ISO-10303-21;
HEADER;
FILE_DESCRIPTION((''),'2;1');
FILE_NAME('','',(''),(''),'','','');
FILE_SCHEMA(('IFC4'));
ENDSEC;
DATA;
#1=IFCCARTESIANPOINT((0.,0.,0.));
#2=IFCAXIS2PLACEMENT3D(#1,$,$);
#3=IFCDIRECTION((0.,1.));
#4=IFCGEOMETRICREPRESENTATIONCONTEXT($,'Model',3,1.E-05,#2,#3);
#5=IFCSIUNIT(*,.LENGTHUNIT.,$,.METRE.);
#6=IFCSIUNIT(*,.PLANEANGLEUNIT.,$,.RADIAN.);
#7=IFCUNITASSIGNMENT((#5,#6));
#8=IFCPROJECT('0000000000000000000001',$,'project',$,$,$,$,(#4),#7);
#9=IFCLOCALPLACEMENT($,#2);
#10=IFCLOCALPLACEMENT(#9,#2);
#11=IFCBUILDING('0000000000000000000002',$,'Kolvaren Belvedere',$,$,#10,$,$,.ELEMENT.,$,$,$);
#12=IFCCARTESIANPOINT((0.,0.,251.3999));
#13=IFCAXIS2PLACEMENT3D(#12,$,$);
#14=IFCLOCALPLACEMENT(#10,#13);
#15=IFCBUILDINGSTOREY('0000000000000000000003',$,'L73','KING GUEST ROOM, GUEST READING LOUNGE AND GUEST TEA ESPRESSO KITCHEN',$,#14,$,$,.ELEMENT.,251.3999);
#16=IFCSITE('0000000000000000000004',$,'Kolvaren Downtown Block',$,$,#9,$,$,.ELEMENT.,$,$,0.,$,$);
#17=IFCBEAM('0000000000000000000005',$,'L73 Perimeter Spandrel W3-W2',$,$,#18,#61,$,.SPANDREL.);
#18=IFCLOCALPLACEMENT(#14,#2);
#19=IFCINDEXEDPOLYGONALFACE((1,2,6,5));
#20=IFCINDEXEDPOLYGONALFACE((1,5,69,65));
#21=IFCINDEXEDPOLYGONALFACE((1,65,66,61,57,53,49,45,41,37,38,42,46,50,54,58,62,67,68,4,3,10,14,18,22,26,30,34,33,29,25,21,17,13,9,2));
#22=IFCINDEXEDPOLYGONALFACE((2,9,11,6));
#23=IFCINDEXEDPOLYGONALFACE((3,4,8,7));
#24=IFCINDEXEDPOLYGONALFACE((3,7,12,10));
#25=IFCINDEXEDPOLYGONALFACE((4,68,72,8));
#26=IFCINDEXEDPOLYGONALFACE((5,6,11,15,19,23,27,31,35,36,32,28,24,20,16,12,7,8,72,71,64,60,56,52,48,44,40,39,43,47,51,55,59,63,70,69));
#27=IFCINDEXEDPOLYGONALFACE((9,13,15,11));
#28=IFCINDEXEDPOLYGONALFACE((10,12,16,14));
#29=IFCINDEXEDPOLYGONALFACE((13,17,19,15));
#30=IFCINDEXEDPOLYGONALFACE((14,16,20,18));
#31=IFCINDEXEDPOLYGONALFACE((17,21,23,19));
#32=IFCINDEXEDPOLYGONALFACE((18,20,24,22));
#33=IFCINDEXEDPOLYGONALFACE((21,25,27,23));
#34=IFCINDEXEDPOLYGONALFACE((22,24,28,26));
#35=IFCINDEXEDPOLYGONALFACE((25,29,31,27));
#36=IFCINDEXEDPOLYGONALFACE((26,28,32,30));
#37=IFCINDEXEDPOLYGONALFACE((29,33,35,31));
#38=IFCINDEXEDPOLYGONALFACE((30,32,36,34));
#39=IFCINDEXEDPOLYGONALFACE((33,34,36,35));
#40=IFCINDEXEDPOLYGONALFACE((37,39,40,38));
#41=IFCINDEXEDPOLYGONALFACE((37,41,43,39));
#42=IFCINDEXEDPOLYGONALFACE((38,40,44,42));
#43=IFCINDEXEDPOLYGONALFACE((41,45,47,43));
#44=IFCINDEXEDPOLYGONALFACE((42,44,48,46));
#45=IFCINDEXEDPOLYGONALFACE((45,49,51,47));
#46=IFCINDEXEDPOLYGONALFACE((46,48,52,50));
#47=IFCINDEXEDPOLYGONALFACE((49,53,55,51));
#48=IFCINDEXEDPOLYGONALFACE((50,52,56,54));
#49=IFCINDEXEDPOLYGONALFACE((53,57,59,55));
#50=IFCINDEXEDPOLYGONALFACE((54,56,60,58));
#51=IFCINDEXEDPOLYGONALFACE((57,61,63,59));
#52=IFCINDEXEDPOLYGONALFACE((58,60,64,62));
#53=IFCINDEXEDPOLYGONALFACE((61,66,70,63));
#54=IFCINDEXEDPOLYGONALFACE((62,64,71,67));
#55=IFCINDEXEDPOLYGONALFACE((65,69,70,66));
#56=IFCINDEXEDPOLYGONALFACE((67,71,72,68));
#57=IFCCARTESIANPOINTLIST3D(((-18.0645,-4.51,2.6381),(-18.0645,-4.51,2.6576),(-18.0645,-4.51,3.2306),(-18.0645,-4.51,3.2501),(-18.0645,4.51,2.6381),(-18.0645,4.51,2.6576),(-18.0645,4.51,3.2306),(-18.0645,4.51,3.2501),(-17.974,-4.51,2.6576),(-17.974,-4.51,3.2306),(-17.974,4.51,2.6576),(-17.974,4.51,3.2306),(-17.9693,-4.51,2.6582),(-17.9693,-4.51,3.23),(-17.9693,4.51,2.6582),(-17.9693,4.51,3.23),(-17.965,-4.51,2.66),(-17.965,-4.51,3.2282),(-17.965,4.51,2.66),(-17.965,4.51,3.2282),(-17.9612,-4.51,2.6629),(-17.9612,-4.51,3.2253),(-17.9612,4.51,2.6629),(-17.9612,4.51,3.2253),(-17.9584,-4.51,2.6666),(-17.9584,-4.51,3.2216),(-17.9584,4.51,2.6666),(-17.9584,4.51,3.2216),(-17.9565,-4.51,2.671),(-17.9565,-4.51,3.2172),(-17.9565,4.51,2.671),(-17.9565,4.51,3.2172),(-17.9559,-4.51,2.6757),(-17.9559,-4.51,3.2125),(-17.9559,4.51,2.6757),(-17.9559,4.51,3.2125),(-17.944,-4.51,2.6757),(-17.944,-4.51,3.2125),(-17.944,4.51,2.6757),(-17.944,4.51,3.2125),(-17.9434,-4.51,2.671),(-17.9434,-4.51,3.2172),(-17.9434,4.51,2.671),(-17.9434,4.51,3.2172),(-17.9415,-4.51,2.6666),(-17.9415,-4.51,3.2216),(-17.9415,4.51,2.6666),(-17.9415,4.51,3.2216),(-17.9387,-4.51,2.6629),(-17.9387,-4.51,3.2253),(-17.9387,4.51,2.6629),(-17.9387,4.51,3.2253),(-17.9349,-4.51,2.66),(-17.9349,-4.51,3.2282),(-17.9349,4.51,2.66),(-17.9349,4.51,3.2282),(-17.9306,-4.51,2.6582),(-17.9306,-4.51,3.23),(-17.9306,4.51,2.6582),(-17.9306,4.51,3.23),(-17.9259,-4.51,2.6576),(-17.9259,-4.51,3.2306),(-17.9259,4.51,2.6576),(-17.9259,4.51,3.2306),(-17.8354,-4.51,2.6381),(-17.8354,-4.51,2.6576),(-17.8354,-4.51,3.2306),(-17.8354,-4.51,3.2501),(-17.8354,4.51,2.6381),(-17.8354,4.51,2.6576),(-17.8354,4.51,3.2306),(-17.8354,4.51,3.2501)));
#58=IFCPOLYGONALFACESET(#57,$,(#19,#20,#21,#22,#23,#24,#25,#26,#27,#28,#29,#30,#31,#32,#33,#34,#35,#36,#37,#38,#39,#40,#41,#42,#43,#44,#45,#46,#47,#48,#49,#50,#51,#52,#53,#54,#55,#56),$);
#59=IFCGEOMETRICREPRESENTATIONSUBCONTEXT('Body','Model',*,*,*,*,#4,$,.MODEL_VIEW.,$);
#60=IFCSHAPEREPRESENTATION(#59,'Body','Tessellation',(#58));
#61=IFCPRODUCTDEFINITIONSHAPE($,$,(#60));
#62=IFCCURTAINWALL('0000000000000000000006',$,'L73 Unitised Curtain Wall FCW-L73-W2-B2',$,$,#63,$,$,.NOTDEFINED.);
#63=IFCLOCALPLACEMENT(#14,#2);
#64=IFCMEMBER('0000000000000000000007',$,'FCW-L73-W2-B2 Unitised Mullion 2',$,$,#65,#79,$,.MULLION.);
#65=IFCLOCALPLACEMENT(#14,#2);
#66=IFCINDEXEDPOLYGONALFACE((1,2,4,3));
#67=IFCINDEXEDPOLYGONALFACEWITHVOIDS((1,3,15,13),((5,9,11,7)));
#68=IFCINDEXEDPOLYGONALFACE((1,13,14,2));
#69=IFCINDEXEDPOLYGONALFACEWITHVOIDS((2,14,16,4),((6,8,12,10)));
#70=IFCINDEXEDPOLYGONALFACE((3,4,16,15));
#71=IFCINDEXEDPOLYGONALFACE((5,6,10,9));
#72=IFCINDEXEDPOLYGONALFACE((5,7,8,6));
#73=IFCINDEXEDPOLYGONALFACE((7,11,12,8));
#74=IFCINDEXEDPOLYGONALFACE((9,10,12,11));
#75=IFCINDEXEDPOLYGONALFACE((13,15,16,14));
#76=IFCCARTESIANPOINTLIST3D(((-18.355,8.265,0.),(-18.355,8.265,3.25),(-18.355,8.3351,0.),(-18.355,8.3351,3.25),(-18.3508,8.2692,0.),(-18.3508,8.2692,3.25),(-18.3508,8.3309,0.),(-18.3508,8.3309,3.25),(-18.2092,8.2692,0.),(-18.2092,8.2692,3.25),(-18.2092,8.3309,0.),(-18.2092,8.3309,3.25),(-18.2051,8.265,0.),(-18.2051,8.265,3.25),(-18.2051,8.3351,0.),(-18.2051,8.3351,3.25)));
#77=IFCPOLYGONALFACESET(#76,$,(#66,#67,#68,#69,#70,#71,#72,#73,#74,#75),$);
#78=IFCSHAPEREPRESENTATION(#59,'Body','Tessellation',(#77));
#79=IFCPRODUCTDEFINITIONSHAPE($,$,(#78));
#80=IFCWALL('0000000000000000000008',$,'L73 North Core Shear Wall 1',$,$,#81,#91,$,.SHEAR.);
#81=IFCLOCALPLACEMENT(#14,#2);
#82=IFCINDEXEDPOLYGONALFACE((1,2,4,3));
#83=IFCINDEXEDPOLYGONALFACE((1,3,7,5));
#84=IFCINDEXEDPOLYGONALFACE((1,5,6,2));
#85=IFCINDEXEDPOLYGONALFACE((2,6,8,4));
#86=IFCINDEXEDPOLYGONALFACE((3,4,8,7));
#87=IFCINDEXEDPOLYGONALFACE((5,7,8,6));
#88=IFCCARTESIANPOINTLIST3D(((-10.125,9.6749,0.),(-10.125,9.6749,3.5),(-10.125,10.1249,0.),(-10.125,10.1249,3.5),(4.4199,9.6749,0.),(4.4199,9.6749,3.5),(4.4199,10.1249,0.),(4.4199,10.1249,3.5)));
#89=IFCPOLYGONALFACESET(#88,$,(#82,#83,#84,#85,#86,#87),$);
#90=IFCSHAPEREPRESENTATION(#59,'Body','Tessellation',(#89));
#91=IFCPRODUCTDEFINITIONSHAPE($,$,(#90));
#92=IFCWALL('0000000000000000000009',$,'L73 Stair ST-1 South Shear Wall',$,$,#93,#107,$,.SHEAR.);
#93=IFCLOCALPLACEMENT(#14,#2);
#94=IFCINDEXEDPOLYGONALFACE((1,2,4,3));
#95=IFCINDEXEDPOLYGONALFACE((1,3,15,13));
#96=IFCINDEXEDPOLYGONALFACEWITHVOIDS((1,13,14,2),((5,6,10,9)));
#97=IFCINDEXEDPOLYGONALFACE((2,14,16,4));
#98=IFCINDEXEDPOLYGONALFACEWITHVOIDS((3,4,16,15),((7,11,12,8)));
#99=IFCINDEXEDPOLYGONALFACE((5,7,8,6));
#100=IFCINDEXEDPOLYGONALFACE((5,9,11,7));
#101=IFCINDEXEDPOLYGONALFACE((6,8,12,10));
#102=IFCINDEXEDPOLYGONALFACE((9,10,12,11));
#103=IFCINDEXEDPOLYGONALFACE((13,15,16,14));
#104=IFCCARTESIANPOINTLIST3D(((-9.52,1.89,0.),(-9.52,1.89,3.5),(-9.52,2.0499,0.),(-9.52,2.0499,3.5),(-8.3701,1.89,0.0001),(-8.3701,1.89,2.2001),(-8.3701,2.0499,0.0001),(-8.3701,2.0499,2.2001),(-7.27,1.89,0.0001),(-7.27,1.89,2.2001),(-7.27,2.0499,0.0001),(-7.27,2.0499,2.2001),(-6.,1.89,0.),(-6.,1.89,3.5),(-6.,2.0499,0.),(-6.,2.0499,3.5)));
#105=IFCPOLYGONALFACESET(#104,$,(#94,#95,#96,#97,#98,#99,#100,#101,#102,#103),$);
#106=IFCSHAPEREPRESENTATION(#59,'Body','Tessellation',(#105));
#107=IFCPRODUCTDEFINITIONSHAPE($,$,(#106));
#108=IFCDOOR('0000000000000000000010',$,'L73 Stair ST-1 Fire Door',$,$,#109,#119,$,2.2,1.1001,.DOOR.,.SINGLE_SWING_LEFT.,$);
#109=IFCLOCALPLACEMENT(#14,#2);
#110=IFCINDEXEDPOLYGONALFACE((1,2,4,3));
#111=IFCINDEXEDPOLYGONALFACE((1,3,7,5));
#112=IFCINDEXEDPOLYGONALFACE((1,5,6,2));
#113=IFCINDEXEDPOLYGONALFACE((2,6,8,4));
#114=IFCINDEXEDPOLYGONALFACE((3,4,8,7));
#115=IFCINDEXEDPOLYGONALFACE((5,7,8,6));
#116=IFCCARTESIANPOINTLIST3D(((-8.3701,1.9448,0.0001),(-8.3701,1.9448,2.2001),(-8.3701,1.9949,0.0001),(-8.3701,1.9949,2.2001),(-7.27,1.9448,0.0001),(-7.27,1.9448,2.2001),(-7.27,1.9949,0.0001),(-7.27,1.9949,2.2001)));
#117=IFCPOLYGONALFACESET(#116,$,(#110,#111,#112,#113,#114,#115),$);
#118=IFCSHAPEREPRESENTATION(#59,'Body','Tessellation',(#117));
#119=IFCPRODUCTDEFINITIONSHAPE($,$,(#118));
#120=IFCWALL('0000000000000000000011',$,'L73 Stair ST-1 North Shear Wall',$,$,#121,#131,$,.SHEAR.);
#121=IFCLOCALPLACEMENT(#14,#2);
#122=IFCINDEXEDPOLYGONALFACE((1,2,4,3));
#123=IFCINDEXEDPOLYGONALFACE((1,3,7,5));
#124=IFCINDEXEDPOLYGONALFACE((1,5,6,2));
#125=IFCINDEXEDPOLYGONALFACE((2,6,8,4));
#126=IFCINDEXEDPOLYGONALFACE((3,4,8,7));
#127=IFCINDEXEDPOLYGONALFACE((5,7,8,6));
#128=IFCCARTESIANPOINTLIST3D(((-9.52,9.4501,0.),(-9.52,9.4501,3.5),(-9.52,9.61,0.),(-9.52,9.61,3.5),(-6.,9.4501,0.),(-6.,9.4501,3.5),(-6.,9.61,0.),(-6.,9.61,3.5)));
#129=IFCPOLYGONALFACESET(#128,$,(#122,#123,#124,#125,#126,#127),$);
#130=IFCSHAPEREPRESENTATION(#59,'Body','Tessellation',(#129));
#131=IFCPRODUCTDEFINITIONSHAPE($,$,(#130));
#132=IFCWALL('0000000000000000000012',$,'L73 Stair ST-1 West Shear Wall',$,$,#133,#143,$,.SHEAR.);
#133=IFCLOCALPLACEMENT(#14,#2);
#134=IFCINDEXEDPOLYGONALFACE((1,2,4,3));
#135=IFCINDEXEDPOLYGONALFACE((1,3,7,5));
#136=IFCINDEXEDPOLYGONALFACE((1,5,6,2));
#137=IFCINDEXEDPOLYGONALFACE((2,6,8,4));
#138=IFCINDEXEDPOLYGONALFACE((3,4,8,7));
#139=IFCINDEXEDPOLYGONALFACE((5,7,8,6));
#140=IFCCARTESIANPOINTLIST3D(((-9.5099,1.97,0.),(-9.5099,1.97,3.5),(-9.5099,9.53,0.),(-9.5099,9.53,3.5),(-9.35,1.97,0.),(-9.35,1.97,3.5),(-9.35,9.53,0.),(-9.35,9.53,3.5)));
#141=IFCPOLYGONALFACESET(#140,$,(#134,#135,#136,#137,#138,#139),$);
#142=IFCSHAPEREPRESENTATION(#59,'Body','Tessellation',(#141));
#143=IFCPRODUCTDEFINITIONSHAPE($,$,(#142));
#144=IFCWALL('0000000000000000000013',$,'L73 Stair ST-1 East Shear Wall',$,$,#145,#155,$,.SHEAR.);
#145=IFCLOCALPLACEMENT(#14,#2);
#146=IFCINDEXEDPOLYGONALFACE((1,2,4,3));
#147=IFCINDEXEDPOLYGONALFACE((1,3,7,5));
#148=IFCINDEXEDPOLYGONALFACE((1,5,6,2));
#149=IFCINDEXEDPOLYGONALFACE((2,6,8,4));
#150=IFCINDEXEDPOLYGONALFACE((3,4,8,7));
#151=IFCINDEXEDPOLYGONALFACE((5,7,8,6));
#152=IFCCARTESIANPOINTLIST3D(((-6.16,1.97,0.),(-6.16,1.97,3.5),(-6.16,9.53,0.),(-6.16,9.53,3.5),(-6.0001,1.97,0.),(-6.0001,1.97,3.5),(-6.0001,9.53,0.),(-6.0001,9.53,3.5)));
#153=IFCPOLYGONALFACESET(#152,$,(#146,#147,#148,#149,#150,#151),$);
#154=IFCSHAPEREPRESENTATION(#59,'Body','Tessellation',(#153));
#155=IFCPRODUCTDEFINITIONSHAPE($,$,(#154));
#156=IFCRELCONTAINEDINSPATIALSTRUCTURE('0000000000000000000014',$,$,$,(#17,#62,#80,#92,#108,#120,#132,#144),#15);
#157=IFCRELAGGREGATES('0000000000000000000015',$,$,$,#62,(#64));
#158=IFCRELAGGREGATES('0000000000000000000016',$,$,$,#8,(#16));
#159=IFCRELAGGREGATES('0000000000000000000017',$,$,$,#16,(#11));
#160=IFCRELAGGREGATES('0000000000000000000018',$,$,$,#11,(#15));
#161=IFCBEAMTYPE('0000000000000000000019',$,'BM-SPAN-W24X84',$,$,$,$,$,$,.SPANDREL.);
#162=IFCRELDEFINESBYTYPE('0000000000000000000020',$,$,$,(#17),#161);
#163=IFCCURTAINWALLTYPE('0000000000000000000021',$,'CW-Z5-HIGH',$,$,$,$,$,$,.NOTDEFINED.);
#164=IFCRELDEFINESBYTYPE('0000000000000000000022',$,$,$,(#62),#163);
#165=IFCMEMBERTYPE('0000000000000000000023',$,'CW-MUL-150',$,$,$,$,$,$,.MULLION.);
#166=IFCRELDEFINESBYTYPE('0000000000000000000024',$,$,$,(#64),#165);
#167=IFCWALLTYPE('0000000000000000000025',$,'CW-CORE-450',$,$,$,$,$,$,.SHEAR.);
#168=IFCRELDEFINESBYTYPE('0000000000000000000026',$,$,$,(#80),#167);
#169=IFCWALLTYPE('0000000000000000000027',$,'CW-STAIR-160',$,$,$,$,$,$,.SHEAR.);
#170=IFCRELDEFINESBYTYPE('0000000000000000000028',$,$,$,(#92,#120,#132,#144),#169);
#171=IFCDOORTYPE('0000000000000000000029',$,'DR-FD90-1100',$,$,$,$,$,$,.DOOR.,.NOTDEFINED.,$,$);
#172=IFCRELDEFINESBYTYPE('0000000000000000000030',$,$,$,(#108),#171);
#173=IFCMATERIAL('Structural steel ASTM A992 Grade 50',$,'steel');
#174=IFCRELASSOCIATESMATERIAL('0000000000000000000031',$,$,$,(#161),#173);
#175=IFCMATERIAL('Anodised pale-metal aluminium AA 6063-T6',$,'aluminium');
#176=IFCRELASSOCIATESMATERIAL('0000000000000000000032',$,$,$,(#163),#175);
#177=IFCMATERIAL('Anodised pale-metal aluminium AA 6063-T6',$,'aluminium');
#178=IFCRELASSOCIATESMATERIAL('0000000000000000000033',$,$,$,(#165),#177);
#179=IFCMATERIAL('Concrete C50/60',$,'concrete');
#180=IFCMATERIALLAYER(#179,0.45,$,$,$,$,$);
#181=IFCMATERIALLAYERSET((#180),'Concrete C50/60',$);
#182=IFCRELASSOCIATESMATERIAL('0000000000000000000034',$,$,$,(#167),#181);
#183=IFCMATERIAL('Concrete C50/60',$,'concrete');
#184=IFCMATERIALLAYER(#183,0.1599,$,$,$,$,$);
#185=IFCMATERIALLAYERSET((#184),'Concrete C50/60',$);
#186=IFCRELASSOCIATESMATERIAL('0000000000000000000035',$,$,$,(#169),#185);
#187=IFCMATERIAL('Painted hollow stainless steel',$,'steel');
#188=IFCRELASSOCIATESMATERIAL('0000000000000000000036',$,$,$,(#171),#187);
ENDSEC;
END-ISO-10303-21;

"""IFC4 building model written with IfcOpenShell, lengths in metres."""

from ifc_helpers import new_model, si_unit, direction, frame, frame_2d, origin, origin_2d, place, context, subcontext, project, spatial, rectangle, hollow_rectangle, i_section, extrude, material, layer, layer_set, material_profile, profile_set, type_object, element, fill, aggregate, save


model = new_model("IFC4")

# Units and contexts
model_context = context("Model", 3, precision=1e-05, world=origin(), true_north=direction((0.0, 1.0)))
body_context = subcontext(model_context, "Body", "Model", "MODEL_VIEW")
ifc_project = project(units=[si_unit("LENGTHUNIT", "METRE"), si_unit("PLANEANGLEUNIT", "RADIAN")], contexts=[model_context])

# Site, building, storey
site_placement = place(None, origin())
site = spatial("IfcSite", under=ifc_project, at=site_placement, Name="Kolvaren Downtown Block", CompositionType="ELEMENT", RefElevation=0.0)
building_placement = place(site_placement, origin())
building = spatial("IfcBuilding", under=site, at=building_placement, Name="Kolvaren Belvedere", CompositionType="ELEMENT")
storey_placement = place(building_placement, frame((0.0, 0.0, 251.3999)))
storey = spatial("IfcBuildingStorey", under=building, at=storey_placement, Name="L73", Description="KING GUEST ROOM, GUEST READING LOUNGE AND GUEST TEA ESPRESSO KITCHEN", CompositionType="ELEMENT", Elevation=251.3999)

# Beam
ifc_material_1 = material(Name="Structural steel ASTM A992 Grade 50", Category="steel")
ifc_material_profile_1 = material_profile(ifc_material_1, i_section(OverallWidth=0.229, OverallDepth=0.6121, WebThickness=0.012, FlangeThickness=0.0195, FilletRadius=0.0181, at=origin_2d()), Name="W24X84")
ifc_profile_set_1 = profile_set([ifc_material_profile_1], Name="Structural steel ASTM A992 Grade 50")
beam_type_1 = type_object("IfcBeamType", Name="BM-SPAN-W24X84", PredefinedType="SPANDREL", material=ifc_profile_set_1)
beam_1_placement = place(storey_placement, frame((-17.95, 4.51, 2.9441), z_axis=(0.0, -1.0, 0.0), x_axis=(1.0, 0.0, 0.0)))
element("IfcBeam", 1, at=beam_1_placement, inside=storey, type_object=beam_type_1, Name="L73 Perimeter Spandrel W3-W2", PredefinedType="SPANDREL", context=body_context, shape_type="SweptSolid", body=[
    extrude(i_section(OverallWidth=0.229, OverallDepth=0.6121, WebThickness=0.012, FlangeThickness=0.0195, FilletRadius=0.0181, at=origin_2d()), origin(), (0.0, 0.0, 1.0), 9.02),
])

# Curtain wall, member
ifc_material_2 = material(Name="Anodised pale-metal aluminium AA 6063-T6", Category="aluminium")
curtain_wall_type = type_object("IfcCurtainWallType", Name="CW-Z5-HIGH", PredefinedType="NOTDEFINED", material=ifc_material_2)
curtain_wall_placement = place(storey_placement, origin())
curtain_wall = element("IfcCurtainWall", 2, at=curtain_wall_placement, inside=storey, type_object=curtain_wall_type, Name="L73 Unitised Curtain Wall FCW-L73-W2-B2", PredefinedType="NOTDEFINED")
ifc_material_3 = material(Name="Anodised pale-metal aluminium AA 6063-T6", Category="aluminium")
ifc_material_profile_2 = material_profile(ifc_material_3, hollow_rectangle(XDim=0.0701, YDim=0.1499, WallThickness=0.0042, at=origin_2d()), Name="ALU-MUL-150X70")
ifc_profile_set_2 = profile_set([ifc_material_profile_2], Name="Anodised pale-metal aluminium AA 6063-T6")
member_type = type_object("IfcMemberType", Name="CW-MUL-150", PredefinedType="MULLION", material=ifc_profile_set_2)
member_placement = place(storey_placement, frame((-18.28, 8.3, 0.0), z_axis=(0.0, 0.0, 1.0), x_axis=(0.0, 1.0, 0.0)))
member = element("IfcMember", 3, at=member_placement, type_object=member_type, Name="FCW-L73-W2-B2 Unitised Mullion 2", PredefinedType="MULLION", context=body_context, shape_type="SweptSolid", body=[
    extrude(hollow_rectangle(XDim=0.0701, YDim=0.1499, WallThickness=0.0042, at=origin_2d()), origin(), (0.0, 0.0, 1.0), 3.25),
])
aggregate(curtain_wall, [member])

# Wall
ifc_material_4 = material(Name="Concrete C50/60", Category="concrete")
ifc_layer_1 = layer(ifc_material_4, 0.45)
ifc_layer_set_1 = layer_set([ifc_layer_1], Name="Concrete C50/60")
wall_type_1 = type_object("IfcWallType", Name="CW-CORE-450", PredefinedType="SHEAR", material=ifc_layer_set_1)
wall_1_placement = place(storey_placement, frame((-10.125, 9.8999, 0.0), z_axis=(0.0, 0.0, 1.0), x_axis=(1.0, 0.0, 0.0)))
element("IfcWall", 4, at=wall_1_placement, inside=storey, type_object=wall_type_1, Name="L73 North Core Shear Wall 1", PredefinedType="SHEAR", context=body_context, shape_type="SweptSolid", body=[
    extrude(rectangle(XDim=14.5449, YDim=0.45, at=frame_2d((7.2725, 0.0))), origin(), (0.0, 0.0, 1.0), 3.5),
])

# Wall, opening, door
ifc_material_5 = material(Name="Concrete C50/60", Category="concrete")
ifc_layer_2 = layer(ifc_material_5, 0.1599)
ifc_layer_set_2 = layer_set([ifc_layer_2], Name="Concrete C50/60")
wall_type_2 = type_object("IfcWallType", Name="CW-STAIR-160", PredefinedType="SHEAR", material=ifc_layer_set_2)
wall_2_placement = place(storey_placement, frame((-9.52, 1.97, 0.0), z_axis=(0.0, 0.0, 1.0), x_axis=(1.0, 0.0, 0.0)))
wall_2 = element("IfcWall", 5, at=wall_2_placement, inside=storey, type_object=wall_type_2, Name="L73 Stair ST-1 South Shear Wall", PredefinedType="SHEAR", context=body_context, shape_type="SweptSolid", body=[
    extrude(rectangle(XDim=3.52, YDim=0.1599, at=frame_2d((1.76, 0.0))), origin(), (0.0, 0.0, 1.0), 3.5),
])
opening_1_placement = place(wall_2_placement, frame((1.1499, 0.0, 0.0)))
opening_1 = element("IfcOpeningElement", 6, at=opening_1_placement, cuts=wall_2, PredefinedType="OPENING", context=body_context, shape_type="SweptSolid", body=[
    extrude(rectangle(XDim=1.1001, YDim=2.2, at=frame_2d((0.55, 1.1001))), frame((0.0, 0.0898, 0.0), z_axis=(0.0, -1.0, 0.0), x_axis=(1.0, 0.0, 0.0)), (0.0, 0.0, 1.0), 0.1799),
])
ifc_material_6 = material(Name="Painted hollow stainless steel", Category="steel")
door_type_1 = type_object("IfcDoorType", Name="DR-FD90-1100", OperationType="NOTDEFINED", PredefinedType="DOOR", material=ifc_material_6)
door_1_placement = place(opening_1_placement, origin())
door_1 = element("IfcDoor", 7, at=door_1_placement, inside=storey, type_object=door_type_1, Name="L73 Stair ST-1 Fire Door", OperationType="SINGLE_SWING_LEFT", OverallHeight=2.2, OverallWidth=1.1001, PredefinedType="DOOR", context=body_context, shape_type="SweptSolid", body=[
    extrude(rectangle(XDim=1.1001, YDim=2.2, at=frame_2d((0.55, 1.1001))), frame((0.0, 0.0249, 0.0), z_axis=(0.0, -1.0, 0.0), x_axis=(1.0, 0.0, 0.0)), (0.0, 0.0, 1.0), 0.05),
])
fill(opening_1, door_1)

# Walls
wall_3_placement = place(storey_placement, frame((-9.52, 9.53, 0.0), z_axis=(0.0, 0.0, 1.0), x_axis=(1.0, 0.0, 0.0)))
element("IfcWall", 8, at=wall_3_placement, inside=storey, type_object=wall_type_2, Name="L73 Stair ST-1 North Shear Wall", PredefinedType="SHEAR", context=body_context, shape_type="SweptSolid", body=[
    extrude(rectangle(XDim=3.52, YDim=0.1599, at=frame_2d((1.76, 0.0))), origin(), (0.0, 0.0, 1.0), 3.5),
])
for number, where, z_axis, x_axis, name in (
    (9, (-9.4299, 1.97, 0.0), (0.0, 0.0, 1.0), (0.0, 1.0, 0.0), "L73 Stair ST-1 West Shear Wall"),
    (10, (-6.0801, 1.97, 0.0), (0.0, 0.0, 1.0), (0.0, 1.0, 0.0), "L73 Stair ST-1 East Shear Wall"),
):
    element("IfcWall", number, at=place(storey_placement, frame(where, z_axis=z_axis, x_axis=x_axis)), inside=storey, type_object=wall_type_2, Name=name, PredefinedType="SHEAR", context=body_context, shape_type="SweptSolid", body=[
        extrude(rectangle(XDim=7.5601, YDim=0.1599, at=frame_2d((3.78, 0.0))), origin(), (0.0, 0.0, 1.0), 3.5),
    ])

save(model, "model.ifc")
